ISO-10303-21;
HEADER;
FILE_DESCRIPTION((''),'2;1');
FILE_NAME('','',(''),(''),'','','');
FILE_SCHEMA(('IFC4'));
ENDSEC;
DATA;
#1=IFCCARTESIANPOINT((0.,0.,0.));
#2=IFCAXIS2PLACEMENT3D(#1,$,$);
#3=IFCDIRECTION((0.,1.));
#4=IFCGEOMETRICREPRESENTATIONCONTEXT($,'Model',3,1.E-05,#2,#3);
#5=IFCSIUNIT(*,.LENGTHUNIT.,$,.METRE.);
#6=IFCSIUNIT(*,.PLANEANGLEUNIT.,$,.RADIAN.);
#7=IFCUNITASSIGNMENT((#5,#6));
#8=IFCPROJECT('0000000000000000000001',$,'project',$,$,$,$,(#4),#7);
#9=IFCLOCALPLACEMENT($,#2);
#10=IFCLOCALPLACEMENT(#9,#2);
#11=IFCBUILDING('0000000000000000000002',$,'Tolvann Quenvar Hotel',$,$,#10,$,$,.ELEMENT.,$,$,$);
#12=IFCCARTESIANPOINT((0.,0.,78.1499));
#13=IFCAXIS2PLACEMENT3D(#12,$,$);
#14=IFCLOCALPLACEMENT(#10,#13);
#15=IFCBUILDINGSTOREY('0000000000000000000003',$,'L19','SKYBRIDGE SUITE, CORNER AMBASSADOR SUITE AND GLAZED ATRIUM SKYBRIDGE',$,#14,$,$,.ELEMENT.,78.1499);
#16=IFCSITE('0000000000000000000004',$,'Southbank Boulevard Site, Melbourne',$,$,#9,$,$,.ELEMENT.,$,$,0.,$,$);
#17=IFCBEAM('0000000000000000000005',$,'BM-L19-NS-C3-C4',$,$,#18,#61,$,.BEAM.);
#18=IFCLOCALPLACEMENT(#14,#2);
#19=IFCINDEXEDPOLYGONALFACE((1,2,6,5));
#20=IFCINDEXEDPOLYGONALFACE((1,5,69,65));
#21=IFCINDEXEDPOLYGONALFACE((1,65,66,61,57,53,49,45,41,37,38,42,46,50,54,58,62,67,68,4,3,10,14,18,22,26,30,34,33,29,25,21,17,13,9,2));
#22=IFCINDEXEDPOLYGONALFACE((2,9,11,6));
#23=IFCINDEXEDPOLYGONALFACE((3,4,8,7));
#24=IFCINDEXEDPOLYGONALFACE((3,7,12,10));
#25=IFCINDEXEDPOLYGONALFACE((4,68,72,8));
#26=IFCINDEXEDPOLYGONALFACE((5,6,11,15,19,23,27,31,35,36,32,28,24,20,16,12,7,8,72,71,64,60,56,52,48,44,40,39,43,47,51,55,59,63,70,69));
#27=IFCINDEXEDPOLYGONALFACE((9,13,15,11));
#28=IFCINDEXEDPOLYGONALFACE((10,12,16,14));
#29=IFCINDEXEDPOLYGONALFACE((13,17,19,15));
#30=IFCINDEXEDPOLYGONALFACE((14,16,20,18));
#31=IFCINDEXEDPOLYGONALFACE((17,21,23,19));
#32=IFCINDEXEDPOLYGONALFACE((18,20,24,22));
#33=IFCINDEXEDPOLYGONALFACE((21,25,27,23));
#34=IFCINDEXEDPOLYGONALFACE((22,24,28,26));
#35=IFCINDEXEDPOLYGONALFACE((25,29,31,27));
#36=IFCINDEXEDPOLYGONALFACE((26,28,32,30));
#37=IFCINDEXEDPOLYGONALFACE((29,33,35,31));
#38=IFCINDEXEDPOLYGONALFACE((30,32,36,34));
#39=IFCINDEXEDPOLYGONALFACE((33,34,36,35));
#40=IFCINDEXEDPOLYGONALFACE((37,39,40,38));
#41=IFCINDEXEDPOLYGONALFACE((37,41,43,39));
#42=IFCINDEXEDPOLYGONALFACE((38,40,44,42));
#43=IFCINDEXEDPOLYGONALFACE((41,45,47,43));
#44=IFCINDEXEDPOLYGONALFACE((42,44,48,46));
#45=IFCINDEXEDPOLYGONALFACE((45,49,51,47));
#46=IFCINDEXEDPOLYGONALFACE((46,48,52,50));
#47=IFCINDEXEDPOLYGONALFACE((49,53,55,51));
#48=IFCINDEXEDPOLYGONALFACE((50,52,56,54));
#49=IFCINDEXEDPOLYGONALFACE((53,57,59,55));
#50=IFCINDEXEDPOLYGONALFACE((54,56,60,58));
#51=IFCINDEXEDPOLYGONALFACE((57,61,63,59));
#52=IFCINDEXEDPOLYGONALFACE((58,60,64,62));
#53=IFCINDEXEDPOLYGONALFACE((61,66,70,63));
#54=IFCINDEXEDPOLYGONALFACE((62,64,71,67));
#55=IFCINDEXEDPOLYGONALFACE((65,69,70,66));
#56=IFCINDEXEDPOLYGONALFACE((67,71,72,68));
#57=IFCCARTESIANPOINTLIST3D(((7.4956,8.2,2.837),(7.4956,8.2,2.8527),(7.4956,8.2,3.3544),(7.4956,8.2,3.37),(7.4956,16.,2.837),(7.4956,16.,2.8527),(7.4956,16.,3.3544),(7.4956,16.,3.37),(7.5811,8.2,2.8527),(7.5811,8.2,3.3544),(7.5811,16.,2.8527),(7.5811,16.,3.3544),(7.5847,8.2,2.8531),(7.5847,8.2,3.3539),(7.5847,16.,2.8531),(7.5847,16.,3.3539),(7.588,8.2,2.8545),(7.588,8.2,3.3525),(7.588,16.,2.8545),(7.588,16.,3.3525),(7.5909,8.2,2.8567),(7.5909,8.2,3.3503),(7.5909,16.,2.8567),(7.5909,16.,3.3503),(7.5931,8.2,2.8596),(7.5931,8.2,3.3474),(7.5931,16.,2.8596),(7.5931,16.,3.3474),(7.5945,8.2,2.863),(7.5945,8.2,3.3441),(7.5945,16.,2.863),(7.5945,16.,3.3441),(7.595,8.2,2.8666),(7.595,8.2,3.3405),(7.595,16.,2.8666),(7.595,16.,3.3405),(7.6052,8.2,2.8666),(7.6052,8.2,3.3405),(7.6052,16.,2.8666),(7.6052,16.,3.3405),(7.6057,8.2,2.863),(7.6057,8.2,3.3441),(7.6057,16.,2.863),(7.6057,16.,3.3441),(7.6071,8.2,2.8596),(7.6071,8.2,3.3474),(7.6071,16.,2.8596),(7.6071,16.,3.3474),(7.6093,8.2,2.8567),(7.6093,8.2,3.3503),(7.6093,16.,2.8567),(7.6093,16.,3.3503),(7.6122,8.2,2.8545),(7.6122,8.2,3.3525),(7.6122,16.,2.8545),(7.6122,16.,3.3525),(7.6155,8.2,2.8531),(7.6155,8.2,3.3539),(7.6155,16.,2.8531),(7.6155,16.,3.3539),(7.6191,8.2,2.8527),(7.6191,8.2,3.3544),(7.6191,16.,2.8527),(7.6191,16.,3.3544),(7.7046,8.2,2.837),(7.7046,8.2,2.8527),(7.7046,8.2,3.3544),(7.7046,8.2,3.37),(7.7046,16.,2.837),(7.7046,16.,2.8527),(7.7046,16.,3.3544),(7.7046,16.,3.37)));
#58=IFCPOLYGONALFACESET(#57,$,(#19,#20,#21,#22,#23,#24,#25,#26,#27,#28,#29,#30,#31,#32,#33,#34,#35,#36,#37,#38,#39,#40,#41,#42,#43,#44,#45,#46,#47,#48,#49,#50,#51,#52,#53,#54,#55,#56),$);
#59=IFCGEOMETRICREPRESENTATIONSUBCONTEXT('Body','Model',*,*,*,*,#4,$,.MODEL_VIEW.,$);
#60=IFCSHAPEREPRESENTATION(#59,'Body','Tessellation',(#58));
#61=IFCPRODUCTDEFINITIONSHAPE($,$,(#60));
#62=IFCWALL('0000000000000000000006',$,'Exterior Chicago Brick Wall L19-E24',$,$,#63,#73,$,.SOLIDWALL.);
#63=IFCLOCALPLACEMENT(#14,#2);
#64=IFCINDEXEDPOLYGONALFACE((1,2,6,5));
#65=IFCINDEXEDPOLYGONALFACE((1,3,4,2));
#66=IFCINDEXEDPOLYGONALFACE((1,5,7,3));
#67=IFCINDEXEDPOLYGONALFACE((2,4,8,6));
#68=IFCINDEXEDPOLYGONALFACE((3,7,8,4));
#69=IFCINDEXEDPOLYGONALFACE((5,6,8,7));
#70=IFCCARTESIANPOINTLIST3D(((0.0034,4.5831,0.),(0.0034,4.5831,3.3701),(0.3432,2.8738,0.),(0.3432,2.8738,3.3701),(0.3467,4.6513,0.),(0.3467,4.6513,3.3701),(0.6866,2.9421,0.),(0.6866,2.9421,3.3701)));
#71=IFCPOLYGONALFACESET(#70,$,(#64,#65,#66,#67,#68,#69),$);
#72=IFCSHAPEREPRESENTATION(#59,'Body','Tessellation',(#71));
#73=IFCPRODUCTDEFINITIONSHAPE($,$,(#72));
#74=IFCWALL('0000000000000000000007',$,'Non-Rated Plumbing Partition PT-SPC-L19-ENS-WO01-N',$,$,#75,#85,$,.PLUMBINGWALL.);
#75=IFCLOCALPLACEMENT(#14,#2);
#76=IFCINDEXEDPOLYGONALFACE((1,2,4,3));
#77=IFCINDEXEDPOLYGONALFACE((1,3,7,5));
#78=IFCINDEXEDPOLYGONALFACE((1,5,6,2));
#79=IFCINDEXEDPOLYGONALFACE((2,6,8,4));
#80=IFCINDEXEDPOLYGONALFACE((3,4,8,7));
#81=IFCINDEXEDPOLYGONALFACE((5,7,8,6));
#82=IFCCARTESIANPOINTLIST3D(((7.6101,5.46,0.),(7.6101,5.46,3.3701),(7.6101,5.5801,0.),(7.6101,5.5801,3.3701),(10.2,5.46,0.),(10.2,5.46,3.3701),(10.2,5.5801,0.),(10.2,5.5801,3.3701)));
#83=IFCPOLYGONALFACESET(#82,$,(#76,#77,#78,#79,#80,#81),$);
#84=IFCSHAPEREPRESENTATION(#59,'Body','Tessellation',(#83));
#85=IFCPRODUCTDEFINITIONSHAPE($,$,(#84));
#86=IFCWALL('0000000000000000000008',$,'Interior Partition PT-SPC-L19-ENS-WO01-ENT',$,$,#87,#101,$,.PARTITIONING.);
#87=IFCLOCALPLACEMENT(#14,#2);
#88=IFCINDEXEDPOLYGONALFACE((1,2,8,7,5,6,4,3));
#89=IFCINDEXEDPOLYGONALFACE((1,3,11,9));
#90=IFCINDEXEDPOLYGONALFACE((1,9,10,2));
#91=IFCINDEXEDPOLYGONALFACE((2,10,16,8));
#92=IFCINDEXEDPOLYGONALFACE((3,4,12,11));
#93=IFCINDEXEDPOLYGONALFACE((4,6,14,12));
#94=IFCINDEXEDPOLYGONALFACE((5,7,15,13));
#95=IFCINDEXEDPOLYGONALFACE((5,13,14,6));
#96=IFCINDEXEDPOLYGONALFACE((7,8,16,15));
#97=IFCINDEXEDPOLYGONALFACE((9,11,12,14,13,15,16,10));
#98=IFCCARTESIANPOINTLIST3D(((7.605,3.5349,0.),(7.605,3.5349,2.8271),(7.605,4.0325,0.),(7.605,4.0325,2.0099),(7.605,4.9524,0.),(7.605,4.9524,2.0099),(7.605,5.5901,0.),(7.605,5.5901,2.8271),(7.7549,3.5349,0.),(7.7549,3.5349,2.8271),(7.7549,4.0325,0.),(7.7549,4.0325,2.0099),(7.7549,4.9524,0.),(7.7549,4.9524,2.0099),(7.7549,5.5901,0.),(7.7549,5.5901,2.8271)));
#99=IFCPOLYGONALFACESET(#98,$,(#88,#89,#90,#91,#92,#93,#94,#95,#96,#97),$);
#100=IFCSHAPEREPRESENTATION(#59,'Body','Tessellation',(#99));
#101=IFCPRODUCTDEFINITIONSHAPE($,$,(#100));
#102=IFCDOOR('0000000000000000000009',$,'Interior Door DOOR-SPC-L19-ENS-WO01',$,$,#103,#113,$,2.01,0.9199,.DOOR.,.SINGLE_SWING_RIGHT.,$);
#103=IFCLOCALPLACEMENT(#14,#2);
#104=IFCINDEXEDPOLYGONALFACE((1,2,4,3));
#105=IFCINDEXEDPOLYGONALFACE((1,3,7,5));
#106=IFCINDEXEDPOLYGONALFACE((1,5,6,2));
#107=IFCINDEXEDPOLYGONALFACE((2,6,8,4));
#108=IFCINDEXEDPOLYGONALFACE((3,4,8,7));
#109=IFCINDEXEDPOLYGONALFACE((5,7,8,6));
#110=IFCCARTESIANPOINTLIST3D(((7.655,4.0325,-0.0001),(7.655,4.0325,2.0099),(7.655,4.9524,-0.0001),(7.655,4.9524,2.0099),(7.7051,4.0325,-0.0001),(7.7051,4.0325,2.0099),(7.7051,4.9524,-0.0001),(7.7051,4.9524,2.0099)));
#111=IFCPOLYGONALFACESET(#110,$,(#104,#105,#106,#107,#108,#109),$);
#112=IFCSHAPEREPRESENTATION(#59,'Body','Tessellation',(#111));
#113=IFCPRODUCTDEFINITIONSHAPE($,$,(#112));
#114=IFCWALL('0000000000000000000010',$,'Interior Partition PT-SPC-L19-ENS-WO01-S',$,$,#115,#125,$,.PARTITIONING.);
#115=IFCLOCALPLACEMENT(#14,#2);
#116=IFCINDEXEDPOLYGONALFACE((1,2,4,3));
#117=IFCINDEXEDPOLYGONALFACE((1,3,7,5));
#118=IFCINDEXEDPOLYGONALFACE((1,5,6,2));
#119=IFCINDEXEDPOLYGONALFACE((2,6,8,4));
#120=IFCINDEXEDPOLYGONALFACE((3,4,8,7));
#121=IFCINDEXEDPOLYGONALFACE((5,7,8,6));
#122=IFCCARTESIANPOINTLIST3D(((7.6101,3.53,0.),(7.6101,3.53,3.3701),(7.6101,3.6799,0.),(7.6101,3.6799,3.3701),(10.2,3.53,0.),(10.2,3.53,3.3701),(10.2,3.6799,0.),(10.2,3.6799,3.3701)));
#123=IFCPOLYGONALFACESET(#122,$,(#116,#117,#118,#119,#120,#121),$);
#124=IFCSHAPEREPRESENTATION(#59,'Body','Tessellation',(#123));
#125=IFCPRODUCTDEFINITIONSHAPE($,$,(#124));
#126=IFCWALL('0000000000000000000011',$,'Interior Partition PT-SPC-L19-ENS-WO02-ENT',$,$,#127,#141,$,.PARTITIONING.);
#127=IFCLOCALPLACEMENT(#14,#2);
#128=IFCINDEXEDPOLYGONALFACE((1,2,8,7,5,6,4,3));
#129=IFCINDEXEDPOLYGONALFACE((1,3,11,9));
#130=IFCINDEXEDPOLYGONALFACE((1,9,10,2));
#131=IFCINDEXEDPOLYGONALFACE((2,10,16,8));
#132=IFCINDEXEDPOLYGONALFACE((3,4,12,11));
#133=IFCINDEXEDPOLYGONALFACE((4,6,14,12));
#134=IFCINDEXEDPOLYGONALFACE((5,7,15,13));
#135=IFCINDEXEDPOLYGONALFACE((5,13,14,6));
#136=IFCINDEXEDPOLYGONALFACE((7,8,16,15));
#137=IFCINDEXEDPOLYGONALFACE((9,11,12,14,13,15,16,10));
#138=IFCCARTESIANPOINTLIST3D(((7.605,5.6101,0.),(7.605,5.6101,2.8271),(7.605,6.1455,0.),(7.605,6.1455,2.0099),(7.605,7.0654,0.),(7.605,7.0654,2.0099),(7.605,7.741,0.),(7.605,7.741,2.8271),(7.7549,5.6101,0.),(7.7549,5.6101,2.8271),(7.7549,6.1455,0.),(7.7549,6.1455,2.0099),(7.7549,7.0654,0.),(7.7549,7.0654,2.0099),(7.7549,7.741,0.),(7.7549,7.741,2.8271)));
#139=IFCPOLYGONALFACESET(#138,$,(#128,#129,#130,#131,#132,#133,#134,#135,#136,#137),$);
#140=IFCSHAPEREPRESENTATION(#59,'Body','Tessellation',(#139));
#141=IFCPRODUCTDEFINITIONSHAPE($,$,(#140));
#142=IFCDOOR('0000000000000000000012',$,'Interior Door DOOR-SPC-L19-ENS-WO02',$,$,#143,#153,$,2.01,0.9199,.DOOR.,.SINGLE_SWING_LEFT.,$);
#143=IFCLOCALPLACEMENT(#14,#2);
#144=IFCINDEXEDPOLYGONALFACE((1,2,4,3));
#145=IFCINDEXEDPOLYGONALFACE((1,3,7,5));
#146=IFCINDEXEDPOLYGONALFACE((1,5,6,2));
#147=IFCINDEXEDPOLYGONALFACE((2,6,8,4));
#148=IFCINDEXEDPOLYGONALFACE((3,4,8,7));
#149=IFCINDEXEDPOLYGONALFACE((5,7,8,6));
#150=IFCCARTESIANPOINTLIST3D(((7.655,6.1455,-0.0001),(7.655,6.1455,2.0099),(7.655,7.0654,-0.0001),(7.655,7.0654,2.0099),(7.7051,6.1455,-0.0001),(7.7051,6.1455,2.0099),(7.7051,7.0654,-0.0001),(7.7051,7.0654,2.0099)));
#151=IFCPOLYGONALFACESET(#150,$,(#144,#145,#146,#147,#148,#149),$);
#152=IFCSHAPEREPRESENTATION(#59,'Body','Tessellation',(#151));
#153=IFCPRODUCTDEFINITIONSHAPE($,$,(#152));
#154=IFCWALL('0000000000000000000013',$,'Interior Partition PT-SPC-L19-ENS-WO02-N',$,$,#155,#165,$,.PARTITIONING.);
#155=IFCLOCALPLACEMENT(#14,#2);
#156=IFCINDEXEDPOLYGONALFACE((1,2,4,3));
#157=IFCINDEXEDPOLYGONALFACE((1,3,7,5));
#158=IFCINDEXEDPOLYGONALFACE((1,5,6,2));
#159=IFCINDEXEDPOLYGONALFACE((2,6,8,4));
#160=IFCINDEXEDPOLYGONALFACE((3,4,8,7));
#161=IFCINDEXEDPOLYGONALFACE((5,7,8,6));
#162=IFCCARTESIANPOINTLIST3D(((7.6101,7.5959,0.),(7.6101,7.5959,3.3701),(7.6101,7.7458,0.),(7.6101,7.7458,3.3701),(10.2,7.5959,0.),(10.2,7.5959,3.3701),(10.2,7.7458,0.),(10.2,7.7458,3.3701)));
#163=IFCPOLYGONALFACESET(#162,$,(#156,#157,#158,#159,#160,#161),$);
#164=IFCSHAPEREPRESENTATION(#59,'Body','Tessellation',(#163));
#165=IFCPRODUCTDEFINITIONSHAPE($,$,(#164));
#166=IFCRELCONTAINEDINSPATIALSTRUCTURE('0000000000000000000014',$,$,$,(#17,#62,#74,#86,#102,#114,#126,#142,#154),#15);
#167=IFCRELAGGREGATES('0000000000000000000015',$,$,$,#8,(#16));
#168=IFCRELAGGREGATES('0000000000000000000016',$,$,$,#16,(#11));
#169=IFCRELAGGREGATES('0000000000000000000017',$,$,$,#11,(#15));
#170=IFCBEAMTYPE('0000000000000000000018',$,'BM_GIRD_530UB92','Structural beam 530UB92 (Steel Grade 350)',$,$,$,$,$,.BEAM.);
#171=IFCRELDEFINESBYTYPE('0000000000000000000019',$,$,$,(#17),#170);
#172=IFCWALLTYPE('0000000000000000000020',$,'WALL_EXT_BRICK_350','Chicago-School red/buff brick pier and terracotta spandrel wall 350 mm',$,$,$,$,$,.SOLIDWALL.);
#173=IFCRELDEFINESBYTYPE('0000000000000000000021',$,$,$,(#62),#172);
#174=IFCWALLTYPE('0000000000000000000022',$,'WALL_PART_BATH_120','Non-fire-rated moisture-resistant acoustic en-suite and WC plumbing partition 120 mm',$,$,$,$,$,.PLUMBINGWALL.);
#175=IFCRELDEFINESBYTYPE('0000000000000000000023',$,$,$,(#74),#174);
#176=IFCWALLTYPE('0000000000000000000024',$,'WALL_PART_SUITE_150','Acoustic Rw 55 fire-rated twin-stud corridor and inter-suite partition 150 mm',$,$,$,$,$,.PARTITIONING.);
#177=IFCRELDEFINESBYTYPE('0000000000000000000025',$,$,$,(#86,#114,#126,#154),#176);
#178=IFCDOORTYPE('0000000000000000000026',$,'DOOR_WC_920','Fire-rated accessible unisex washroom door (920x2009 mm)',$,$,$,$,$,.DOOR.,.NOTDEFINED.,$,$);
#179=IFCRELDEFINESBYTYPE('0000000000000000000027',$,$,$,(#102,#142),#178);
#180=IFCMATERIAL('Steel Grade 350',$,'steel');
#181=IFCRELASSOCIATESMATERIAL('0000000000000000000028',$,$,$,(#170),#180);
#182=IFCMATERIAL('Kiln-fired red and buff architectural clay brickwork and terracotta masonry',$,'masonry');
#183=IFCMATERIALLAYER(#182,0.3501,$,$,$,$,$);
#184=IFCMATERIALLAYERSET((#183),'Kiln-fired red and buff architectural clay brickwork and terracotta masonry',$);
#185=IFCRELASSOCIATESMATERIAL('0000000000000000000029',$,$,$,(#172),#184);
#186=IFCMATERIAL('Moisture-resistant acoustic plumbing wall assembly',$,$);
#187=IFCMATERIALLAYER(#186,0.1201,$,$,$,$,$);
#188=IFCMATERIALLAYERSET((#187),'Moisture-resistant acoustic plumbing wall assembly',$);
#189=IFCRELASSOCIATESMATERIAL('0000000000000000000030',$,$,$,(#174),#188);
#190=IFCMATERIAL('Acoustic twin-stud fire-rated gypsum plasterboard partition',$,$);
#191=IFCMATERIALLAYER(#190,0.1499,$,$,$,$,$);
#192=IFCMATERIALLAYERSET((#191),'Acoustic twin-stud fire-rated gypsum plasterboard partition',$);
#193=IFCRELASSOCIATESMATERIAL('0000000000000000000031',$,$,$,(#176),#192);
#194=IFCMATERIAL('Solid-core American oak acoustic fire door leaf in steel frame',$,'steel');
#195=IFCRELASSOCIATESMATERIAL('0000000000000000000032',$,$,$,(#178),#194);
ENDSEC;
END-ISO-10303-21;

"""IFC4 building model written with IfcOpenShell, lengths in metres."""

from ifc_helpers import new_model, si_unit, direction, frame, frame_2d, origin, origin_2d, place, context, subcontext, project, spatial, rectangle, i_section, extrude, source, transform, mapped, material, layer, layer_set, material_profile, profile_set, type_object, type_shapes, element, fill, save


model = new_model("IFC4")

# Units and contexts
model_context = context("Model", 3, precision=1e-05, world=origin(), true_north=direction((0.0, 1.0)))
body_context = subcontext(model_context, "Body", "Model", "MODEL_VIEW")
ifc_project = project(units=[si_unit("LENGTHUNIT", "METRE"), si_unit("PLANEANGLEUNIT", "RADIAN")], contexts=[model_context])

# Site, building, storey
site_placement = place(None, origin())
site = spatial("IfcSite", under=ifc_project, at=site_placement, Name="Southbank Boulevard Site, Melbourne", CompositionType="ELEMENT", RefElevation=0.0)
building_placement = place(site_placement, origin())
building = spatial("IfcBuilding", under=site, at=building_placement, Name="Tolvann Quenvar Hotel", CompositionType="ELEMENT")
storey_placement = place(building_placement, frame((0.0, 0.0, 78.1499)))
storey = spatial("IfcBuildingStorey", under=building, at=storey_placement, Name="L19", Description="SKYBRIDGE SUITE, CORNER AMBASSADOR SUITE AND GLAZED ATRIUM SKYBRIDGE", CompositionType="ELEMENT", Elevation=78.1499)

# Shared definitions
ifc_material_1 = material(Name="Steel Grade 350", Category="steel")

# Beam
ifc_material_profile_1 = material_profile(ifc_material_1, i_section(OverallWidth=0.209, OverallDepth=0.533, WebThickness=0.0103, FlangeThickness=0.0156, FilletRadius=0.0139, at=origin_2d()), Name="530UB92")
ifc_profile_set_1 = profile_set([ifc_material_profile_1], Name="Steel Grade 350")
beam_type_1 = type_object("IfcBeamType", Name="BM_GIRD_530UB92", Description="Structural beam 530UB92 (Steel Grade 350)", PredefinedType="BEAM", material=ifc_profile_set_1)
shared_shape_1 = source(origin(), body_context, "Body", "SweptSolid", [
    extrude(i_section(OverallWidth=0.209, OverallDepth=0.533, WebThickness=0.0103, FlangeThickness=0.0156, FilletRadius=0.0139, at=origin_2d()), origin(), (0.0, 0.0, 1.0), 7.8),
])
type_shapes(beam_type_1, [shared_shape_1])
beam_1_placement = place(storey_placement, frame((7.6001, 8.2, 3.1035), z_axis=(0.0, 1.0, 0.0), x_axis=(-1.0, 0.0, 0.0)))
element("IfcBeam", 1, at=beam_1_placement, inside=storey, type_object=beam_type_1, Name="BM-L19-NS-C3-C4", PredefinedType="BEAM", context=body_context, shape_type="MappedRepresentation", body=[
    mapped(shared_shape_1, transform((0.0, 0.0, 0.0), x_axis=(1.0, 0.0, 0.0), y_axis=(0.0, 1.0, 0.0), z_axis=(0.0, 0.0, 1.0), scale=1.0)),
])

# Walls
ifc_material_2 = material(Name="Kiln-fired red and buff architectural clay brickwork and terracotta masonry", Category="masonry")
ifc_layer_1 = layer(ifc_material_2, 0.3501)
ifc_layer_set_1 = layer_set([ifc_layer_1], Name="Kiln-fired red and buff architectural clay brickwork and terracotta masonry")
wall_type_1 = type_object("IfcWallType", Name="WALL_EXT_BRICK_350", Description="Chicago-School red/buff brick pier and terracotta spandrel wall 350 mm", PredefinedType="SOLIDWALL", material=ifc_layer_set_1)
wall_1_placement = place(storey_placement, frame((0.175, 4.6172, 0.0), z_axis=(0.0, 0.0, 1.0), x_axis=(0.195011, -0.980801, 0.0)))
element("IfcWall", 2, at=wall_1_placement, inside=storey, type_object=wall_type_1, Name="Exterior Chicago Brick Wall L19-E24", PredefinedType="SOLIDWALL", context=body_context, shape_type="SweptSolid", body=[
    extrude(rectangle(XDim=1.7427, YDim=0.3501, at=frame_2d((0.8713, 0.0))), origin(), (0.0, 0.0, 1.0), 3.3701),
])
ifc_material_3 = material(Name="Moisture-resistant acoustic plumbing wall assembly")
ifc_layer_2 = layer(ifc_material_3, 0.1201)
ifc_layer_set_2 = layer_set([ifc_layer_2], Name="Moisture-resistant acoustic plumbing wall assembly")
wall_type_2 = type_object("IfcWallType", Name="WALL_PART_BATH_120", Description="Non-fire-rated moisture-resistant acoustic en-suite and WC plumbing partition 120 mm", PredefinedType="PLUMBINGWALL", material=ifc_layer_set_2)
wall_2_placement = place(storey_placement, frame((7.6101, 5.52, 0.0), z_axis=(0.0, 0.0, 1.0), x_axis=(1.0, 0.0, 0.0)))
element("IfcWall", 3, at=wall_2_placement, inside=storey, type_object=wall_type_2, Name="Non-Rated Plumbing Partition PT-SPC-L19-ENS-WO01-N", PredefinedType="PLUMBINGWALL", context=body_context, shape_type="SweptSolid", body=[
    extrude(rectangle(XDim=2.5898, YDim=0.1201, at=frame_2d((1.2949, 0.0))), origin(), (0.0, 0.0, 1.0), 3.3701),
])

# Wall, opening, door
ifc_material_4 = material(Name="Acoustic twin-stud fire-rated gypsum plasterboard partition")
ifc_layer_3 = layer(ifc_material_4, 0.1499)
ifc_layer_set_3 = layer_set([ifc_layer_3], Name="Acoustic twin-stud fire-rated gypsum plasterboard partition")
wall_type_3 = type_object("IfcWallType", Name="WALL_PART_SUITE_150", Description="Acoustic Rw 55 fire-rated twin-stud corridor and inter-suite partition 150 mm", PredefinedType="PARTITIONING", material=ifc_layer_set_3)
wall_3_placement = place(storey_placement, frame((7.6799, 3.5349, 0.0), z_axis=(0.0, 0.0, 1.0), x_axis=(0.0, 1.0, 0.0)))
wall_3 = element("IfcWall", 4, at=wall_3_placement, inside=storey, type_object=wall_type_3, Name="Interior Partition PT-SPC-L19-ENS-WO01-ENT", PredefinedType="PARTITIONING", context=body_context, shape_type="SweptSolid", body=[
    extrude(rectangle(XDim=2.0552, YDim=0.1499, at=frame_2d((1.0276, 0.0))), origin(), (0.0, 0.0, 1.0), 2.8271),
])
opening_1_placement = place(wall_3_placement, frame((0.4976, 0.0, 0.0)))
opening_1 = element("IfcOpeningElement", 5, at=opening_1_placement, cuts=wall_3, PredefinedType="OPENING", context=body_context, shape_type="SweptSolid", body=[
    extrude(rectangle(XDim=0.9199, YDim=2.01, at=frame_2d((0.46, 1.0049))), frame((0.0, 0.085, 0.0), z_axis=(0.0, -1.0, 0.0), x_axis=(1.0, 0.0, 0.0)), (0.0, 0.0, 1.0), 0.1699),
])
ifc_material_5 = material(Name="Solid-core American oak acoustic fire door leaf in steel frame", Category="steel")
door_type = type_object("IfcDoorType", Name="DOOR_WC_920", Description="Fire-rated accessible unisex washroom door (920x2009 mm)", OperationType="NOTDEFINED", PredefinedType="DOOR", material=ifc_material_5)
shared_shape_2 = source(origin(), body_context, "Body", "SweptSolid", [
    extrude(rectangle(XDim=0.9199, YDim=2.01, at=frame_2d((0.46, 1.0049))), frame((0.0, 0.0249, 0.0), z_axis=(0.0, -1.0, 0.0), x_axis=(1.0, 0.0, 0.0)), (0.0, 0.0, 1.0), 0.05),
])
type_shapes(door_type, [shared_shape_2])
door_1_placement = place(opening_1_placement, origin())
door_1 = element("IfcDoor", 6, at=door_1_placement, inside=storey, type_object=door_type, Name="Interior Door DOOR-SPC-L19-ENS-WO01", OperationType="SINGLE_SWING_RIGHT", OverallHeight=2.01, OverallWidth=0.9199, PredefinedType="DOOR", context=body_context, shape_type="MappedRepresentation", body=[
    mapped(shared_shape_2, transform((0.0, 0.0, 0.0), x_axis=(1.0, 0.0, 0.0), y_axis=(0.0, 1.0, 0.0), z_axis=(0.0, 0.0, 1.0), scale=1.0)),
])
fill(opening_1, door_1)

# Wall
wall_4_placement = place(storey_placement, frame((7.6101, 3.605, 0.0), z_axis=(0.0, 0.0, 1.0), x_axis=(1.0, 0.0, 0.0)))
element("IfcWall", 7, at=wall_4_placement, inside=storey, type_object=wall_type_3, Name="Interior Partition PT-SPC-L19-ENS-WO01-S", PredefinedType="PARTITIONING", context=body_context, shape_type="SweptSolid", body=[
    extrude(rectangle(XDim=2.5898, YDim=0.1499, at=frame_2d((1.2949, 0.0))), origin(), (0.0, 0.0, 1.0), 3.3701),
])

# Wall, opening, door
wall_5_placement = place(storey_placement, frame((7.6799, 5.6101, 0.0), z_axis=(0.0, 0.0, 1.0), x_axis=(0.0, 1.0, 0.0)))
wall_5 = element("IfcWall", 8, at=wall_5_placement, inside=storey, type_object=wall_type_3, Name="Interior Partition PT-SPC-L19-ENS-WO02-ENT", PredefinedType="PARTITIONING", context=body_context, shape_type="SweptSolid", body=[
    extrude(rectangle(XDim=2.1309, YDim=0.1499, at=frame_2d((1.0654, 0.0))), origin(), (0.0, 0.0, 1.0), 2.8271),
])
opening_2_placement = place(wall_5_placement, frame((0.5354, 0.0, 0.0)))
opening_2 = element("IfcOpeningElement", 9, at=opening_2_placement, cuts=wall_5, PredefinedType="OPENING", context=body_context, shape_type="SweptSolid", body=[
    extrude(rectangle(XDim=0.9199, YDim=2.01, at=frame_2d((0.46, 1.0049))), frame((0.0, 0.085, 0.0), z_axis=(0.0, -1.0, 0.0), x_axis=(1.0, 0.0, 0.0)), (0.0, 0.0, 1.0), 0.1699),
])
door_2_placement = place(opening_2_placement, origin())
door_2 = element("IfcDoor", 10, at=door_2_placement, inside=storey, type_object=door_type, Name="Interior Door DOOR-SPC-L19-ENS-WO02", OperationType="SINGLE_SWING_LEFT", OverallHeight=2.01, OverallWidth=0.9199, PredefinedType="DOOR", context=body_context, shape_type="MappedRepresentation", body=[
    mapped(shared_shape_2, transform((0.0, 0.0, 0.0), x_axis=(1.0, 0.0, 0.0), y_axis=(0.0, 1.0, 0.0), z_axis=(0.0, 0.0, 1.0), scale=1.0)),
])
fill(opening_2, door_2)

# Wall
wall_6_placement = place(storey_placement, frame((7.6101, 7.6709, 0.0), z_axis=(0.0, 0.0, 1.0), x_axis=(1.0, 0.0, 0.0)))
element("IfcWall", 11, at=wall_6_placement, inside=storey, type_object=wall_type_3, Name="Interior Partition PT-SPC-L19-ENS-WO02-N", PredefinedType="PARTITIONING", context=body_context, shape_type="SweptSolid", body=[
    extrude(rectangle(XDim=2.5898, YDim=0.1499, at=frame_2d((1.2949, 0.0))), origin(), (0.0, 0.0, 1.0), 3.3701),
])

save(model, "model.ifc")
